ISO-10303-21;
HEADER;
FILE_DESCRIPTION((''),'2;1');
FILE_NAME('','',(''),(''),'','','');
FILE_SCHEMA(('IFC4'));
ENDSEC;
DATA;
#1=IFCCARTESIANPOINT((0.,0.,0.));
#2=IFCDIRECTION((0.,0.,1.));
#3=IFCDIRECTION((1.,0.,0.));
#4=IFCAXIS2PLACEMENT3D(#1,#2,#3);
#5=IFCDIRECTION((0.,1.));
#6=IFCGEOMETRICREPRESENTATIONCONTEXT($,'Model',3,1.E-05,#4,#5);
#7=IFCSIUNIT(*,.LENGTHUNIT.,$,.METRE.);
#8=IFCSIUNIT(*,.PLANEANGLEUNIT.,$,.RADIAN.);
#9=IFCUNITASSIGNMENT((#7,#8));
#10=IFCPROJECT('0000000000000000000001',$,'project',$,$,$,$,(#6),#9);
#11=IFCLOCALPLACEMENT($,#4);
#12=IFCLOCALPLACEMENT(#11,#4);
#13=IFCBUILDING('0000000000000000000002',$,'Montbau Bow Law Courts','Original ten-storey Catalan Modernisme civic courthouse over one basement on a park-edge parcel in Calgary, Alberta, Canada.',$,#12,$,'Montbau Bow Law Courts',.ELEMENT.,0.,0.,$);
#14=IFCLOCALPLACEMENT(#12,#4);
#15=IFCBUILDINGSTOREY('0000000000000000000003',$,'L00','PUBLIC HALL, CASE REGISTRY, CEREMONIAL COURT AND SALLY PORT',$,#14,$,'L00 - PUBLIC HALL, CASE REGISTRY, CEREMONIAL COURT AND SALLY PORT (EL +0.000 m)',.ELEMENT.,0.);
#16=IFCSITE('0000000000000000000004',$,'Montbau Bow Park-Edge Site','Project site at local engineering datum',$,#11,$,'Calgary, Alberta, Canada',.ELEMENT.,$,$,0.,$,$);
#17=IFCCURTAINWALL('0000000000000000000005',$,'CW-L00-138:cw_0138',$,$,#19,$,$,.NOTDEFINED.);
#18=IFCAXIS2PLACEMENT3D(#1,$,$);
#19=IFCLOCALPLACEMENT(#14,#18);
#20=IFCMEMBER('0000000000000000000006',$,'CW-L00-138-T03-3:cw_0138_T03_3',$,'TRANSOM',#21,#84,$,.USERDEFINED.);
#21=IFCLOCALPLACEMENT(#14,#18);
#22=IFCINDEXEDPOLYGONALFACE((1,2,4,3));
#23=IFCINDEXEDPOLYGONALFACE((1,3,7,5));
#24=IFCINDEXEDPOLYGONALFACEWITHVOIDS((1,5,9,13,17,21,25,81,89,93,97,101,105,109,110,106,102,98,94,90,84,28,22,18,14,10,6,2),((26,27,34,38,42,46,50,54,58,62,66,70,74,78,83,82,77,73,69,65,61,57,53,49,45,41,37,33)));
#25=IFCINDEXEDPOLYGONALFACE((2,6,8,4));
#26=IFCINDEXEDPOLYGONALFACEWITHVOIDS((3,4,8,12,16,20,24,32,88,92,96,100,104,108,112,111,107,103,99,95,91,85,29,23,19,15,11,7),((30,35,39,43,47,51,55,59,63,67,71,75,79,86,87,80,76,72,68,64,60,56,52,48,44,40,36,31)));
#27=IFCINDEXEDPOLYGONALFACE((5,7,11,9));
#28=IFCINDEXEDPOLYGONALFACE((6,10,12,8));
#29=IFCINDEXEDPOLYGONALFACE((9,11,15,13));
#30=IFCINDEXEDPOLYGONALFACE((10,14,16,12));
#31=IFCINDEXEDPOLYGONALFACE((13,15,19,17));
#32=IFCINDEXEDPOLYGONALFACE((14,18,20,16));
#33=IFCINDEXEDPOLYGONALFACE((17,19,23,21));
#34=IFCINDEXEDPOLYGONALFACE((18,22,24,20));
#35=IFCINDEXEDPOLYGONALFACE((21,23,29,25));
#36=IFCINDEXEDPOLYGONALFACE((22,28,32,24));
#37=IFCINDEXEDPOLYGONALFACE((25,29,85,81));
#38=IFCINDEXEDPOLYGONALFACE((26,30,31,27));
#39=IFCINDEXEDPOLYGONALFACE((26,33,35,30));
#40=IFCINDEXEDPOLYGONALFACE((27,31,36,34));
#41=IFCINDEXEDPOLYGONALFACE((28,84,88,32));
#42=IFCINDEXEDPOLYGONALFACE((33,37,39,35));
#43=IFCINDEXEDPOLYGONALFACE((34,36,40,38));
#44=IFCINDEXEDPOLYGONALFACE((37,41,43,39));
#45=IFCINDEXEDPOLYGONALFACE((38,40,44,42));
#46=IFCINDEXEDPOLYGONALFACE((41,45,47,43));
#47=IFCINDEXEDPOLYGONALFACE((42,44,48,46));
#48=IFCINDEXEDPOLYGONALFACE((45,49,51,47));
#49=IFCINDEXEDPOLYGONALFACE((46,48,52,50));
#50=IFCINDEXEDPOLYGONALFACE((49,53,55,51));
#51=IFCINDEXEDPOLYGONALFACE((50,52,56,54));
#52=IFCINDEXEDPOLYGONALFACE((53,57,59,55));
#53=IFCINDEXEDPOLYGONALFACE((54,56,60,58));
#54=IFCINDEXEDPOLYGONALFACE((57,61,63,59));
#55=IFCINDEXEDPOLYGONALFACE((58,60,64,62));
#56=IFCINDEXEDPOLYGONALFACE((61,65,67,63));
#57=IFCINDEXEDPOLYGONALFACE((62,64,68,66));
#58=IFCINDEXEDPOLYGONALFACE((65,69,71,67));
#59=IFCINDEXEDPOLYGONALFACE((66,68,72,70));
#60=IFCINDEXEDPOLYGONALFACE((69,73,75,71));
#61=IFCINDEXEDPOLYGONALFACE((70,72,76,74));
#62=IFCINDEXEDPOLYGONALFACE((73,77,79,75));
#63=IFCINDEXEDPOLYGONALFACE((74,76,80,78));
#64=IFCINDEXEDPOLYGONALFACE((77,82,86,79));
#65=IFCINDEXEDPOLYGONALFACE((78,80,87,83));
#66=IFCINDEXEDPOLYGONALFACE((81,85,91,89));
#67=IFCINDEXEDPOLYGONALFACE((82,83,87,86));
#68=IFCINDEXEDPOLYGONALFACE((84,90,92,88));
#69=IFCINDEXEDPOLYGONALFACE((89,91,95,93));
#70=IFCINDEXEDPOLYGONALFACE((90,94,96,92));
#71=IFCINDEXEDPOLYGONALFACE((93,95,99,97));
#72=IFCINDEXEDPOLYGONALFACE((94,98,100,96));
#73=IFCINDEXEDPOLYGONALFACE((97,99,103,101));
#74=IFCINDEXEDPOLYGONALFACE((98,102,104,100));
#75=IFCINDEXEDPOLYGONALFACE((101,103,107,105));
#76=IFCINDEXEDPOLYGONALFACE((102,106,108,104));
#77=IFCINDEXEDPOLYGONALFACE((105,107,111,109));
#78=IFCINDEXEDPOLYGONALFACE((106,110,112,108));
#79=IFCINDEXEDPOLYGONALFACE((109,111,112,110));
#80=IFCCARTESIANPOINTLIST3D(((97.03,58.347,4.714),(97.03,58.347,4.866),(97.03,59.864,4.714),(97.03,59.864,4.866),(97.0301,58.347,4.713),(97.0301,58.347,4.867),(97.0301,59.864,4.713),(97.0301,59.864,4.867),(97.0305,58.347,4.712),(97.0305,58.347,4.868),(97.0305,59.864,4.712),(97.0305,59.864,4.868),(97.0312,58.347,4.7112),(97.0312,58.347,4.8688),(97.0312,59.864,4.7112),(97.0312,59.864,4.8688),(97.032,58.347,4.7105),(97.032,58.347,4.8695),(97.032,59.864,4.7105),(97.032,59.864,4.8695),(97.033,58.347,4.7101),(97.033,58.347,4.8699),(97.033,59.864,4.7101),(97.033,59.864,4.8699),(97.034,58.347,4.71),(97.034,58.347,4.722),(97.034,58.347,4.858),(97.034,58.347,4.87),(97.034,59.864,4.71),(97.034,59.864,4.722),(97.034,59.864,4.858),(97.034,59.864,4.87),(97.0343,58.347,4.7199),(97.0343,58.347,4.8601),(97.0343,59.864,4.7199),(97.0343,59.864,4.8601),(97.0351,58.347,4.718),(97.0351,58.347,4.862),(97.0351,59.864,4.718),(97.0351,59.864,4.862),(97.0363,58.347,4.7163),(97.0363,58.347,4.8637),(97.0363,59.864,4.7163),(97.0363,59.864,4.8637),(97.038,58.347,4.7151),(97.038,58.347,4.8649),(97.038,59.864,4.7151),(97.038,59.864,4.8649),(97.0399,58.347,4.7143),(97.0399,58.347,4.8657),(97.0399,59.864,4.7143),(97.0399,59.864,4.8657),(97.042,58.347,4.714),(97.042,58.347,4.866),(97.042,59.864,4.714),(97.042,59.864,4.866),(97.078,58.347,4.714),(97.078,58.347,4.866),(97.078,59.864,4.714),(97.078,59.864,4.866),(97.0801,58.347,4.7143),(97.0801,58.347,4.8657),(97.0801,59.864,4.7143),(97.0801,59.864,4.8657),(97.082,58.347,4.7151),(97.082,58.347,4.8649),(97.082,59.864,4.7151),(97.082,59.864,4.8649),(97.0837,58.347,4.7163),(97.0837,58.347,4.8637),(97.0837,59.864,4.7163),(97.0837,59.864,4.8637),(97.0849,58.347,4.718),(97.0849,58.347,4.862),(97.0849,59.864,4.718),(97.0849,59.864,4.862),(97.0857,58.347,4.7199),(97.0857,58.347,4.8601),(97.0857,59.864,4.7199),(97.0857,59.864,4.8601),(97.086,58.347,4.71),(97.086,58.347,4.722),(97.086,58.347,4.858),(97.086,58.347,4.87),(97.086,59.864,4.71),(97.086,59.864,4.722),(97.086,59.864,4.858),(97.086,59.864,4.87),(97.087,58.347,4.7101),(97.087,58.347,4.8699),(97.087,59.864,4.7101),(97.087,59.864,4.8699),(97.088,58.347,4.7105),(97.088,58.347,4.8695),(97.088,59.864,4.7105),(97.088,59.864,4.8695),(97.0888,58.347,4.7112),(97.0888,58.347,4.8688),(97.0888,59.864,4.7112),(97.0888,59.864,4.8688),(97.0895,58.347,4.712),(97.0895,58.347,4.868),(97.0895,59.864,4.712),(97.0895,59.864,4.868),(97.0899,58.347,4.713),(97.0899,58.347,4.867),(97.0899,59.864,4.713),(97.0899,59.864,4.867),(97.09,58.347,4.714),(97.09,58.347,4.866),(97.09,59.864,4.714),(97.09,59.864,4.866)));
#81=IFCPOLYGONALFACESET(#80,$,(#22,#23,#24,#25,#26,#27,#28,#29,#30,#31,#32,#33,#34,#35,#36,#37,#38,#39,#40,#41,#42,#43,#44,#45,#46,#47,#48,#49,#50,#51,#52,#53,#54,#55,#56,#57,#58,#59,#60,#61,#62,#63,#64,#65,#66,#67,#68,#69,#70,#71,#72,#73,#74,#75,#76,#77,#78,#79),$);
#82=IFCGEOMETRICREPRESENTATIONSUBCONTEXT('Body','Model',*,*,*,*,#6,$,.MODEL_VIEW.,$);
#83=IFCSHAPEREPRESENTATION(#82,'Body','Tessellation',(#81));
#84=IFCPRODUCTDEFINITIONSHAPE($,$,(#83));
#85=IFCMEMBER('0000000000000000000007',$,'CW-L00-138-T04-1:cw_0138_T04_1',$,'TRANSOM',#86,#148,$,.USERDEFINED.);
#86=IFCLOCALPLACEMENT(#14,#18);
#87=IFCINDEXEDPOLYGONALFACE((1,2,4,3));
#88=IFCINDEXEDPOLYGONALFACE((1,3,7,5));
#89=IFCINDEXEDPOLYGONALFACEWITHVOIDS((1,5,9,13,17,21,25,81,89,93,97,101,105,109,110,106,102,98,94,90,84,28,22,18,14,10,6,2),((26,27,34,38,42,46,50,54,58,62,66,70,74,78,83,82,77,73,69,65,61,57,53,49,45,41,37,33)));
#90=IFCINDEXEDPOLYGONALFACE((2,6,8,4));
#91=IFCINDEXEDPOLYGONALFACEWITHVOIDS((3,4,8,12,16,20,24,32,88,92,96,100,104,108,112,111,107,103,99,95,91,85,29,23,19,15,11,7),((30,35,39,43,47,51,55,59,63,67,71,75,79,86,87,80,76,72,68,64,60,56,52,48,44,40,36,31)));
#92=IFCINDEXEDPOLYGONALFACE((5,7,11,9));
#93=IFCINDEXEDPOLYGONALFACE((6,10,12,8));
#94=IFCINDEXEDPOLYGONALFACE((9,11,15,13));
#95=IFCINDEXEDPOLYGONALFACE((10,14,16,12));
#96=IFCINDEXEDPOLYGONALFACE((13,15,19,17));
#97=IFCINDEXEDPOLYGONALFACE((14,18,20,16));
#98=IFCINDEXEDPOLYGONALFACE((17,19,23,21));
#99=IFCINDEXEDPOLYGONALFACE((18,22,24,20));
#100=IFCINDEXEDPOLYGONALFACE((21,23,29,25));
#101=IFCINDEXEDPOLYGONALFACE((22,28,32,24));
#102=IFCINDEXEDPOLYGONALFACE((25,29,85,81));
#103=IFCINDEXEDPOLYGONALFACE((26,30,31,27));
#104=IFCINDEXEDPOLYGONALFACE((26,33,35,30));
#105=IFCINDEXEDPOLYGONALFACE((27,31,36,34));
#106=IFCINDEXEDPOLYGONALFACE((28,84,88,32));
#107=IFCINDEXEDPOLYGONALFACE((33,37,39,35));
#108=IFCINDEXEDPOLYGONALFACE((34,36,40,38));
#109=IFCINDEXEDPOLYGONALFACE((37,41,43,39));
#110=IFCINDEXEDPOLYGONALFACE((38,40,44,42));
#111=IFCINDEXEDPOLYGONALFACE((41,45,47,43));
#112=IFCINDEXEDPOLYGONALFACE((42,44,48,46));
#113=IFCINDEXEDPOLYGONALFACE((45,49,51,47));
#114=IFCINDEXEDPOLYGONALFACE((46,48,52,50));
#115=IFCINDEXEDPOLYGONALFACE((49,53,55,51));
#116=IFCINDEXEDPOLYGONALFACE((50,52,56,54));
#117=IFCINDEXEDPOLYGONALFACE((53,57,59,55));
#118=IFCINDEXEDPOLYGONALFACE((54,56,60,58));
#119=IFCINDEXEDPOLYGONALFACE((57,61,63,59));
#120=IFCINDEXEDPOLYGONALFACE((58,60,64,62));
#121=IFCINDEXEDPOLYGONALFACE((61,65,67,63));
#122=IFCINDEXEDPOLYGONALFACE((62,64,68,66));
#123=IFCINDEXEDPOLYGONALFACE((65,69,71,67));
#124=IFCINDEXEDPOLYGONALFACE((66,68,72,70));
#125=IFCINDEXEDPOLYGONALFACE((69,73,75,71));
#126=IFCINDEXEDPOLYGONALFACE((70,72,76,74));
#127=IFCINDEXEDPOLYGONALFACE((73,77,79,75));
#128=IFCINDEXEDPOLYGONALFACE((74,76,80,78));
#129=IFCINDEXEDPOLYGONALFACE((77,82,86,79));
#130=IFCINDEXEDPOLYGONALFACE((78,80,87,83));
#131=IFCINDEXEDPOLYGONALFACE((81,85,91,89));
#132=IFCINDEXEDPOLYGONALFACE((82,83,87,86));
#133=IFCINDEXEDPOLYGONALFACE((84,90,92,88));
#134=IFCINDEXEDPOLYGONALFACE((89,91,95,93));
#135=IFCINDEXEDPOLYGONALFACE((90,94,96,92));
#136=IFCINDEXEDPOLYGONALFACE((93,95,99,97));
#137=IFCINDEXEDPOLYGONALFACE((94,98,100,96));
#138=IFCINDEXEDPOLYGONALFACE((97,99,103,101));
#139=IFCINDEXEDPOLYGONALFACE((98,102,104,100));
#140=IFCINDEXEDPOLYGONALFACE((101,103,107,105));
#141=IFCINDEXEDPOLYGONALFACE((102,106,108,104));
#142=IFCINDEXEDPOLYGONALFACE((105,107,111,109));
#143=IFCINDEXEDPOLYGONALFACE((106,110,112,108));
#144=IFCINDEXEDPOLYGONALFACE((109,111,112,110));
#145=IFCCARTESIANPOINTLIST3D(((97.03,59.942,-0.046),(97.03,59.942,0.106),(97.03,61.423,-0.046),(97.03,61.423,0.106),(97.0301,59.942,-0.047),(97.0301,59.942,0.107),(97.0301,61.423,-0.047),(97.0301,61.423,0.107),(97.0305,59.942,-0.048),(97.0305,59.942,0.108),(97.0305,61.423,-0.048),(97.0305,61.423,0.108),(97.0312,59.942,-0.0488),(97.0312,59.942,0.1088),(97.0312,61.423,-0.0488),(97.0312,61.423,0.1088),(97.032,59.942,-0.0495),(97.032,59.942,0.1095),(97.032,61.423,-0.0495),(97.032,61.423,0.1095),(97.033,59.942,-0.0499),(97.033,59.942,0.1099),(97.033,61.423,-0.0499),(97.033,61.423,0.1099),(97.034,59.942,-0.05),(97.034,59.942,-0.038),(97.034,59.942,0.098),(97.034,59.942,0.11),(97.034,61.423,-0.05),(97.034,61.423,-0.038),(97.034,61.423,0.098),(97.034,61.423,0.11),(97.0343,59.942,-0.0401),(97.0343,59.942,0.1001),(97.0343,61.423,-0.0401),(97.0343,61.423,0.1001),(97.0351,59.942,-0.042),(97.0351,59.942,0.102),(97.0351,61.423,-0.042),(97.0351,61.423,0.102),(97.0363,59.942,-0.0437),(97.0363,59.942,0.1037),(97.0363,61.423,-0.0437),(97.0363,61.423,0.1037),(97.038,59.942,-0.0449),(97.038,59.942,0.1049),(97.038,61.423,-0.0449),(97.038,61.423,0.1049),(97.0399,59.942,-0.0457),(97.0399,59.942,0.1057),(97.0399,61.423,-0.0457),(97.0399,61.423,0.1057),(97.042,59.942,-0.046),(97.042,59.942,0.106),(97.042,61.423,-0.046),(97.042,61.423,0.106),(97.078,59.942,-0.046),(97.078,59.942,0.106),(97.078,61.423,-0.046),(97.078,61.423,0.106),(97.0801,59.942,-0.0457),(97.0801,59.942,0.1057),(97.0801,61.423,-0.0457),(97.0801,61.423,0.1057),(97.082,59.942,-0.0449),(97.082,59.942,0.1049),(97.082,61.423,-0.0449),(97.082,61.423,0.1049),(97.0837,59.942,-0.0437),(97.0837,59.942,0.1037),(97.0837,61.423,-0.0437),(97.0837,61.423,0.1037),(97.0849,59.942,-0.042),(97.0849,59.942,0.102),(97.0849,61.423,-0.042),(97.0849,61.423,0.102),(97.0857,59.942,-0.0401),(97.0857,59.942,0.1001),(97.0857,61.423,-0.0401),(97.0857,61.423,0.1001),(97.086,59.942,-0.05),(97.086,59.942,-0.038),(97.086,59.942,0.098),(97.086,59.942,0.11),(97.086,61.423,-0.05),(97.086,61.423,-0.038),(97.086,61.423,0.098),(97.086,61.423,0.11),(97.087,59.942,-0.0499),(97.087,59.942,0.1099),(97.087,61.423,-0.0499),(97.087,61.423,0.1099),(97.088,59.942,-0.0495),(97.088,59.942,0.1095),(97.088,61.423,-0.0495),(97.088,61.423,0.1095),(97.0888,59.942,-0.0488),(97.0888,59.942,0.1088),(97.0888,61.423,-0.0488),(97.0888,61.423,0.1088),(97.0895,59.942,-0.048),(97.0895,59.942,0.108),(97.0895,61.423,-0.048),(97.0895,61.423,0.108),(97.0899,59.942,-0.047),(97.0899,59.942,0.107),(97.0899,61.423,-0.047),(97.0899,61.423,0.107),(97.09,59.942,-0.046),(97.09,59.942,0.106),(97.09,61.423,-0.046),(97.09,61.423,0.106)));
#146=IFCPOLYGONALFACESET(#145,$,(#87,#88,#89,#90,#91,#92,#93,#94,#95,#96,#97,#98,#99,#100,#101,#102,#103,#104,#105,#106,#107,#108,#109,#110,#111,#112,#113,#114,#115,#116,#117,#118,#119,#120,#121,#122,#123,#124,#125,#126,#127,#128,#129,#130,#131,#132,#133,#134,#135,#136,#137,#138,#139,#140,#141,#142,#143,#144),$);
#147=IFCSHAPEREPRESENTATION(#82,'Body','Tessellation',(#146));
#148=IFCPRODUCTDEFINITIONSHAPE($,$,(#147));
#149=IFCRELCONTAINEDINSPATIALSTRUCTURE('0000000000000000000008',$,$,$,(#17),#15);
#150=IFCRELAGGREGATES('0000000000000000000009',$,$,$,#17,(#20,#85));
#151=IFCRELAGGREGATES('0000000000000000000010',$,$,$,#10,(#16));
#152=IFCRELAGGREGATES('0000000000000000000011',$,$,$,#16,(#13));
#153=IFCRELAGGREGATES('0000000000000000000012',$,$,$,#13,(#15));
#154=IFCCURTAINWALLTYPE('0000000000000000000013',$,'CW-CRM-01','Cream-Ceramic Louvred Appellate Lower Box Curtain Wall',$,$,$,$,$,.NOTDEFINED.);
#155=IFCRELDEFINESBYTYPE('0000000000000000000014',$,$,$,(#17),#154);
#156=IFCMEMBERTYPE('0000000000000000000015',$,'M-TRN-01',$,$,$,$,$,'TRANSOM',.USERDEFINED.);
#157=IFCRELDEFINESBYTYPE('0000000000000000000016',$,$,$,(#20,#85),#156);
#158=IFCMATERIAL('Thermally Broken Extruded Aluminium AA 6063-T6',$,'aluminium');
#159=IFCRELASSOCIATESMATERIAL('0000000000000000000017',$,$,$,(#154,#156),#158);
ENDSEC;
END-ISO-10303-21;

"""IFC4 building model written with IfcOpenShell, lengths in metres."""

from ifc_helpers import new_model, si_unit, direction, frame, origin_with_axes, origin_2d_with_axis, place, context, subcontext, project, spatial, hollow_rectangle, extrude, material, material_profile, profile_set, type_object, element, aggregate, save


model = new_model("IFC4")

# Units and contexts
model_context = context("Model", 3, precision=1e-05, world=origin_with_axes(), true_north=direction((0.0, 1.0)))
body_context = subcontext(model_context, "Body", "Model", "MODEL_VIEW")
ifc_project = project(units=[si_unit("LENGTHUNIT", "METRE"), si_unit("PLANEANGLEUNIT", "RADIAN")], contexts=[model_context])

# Site, building, storey
site_placement = place(None, origin_with_axes())
site = spatial("IfcSite", under=ifc_project, at=site_placement, Name="Montbau Bow Park-Edge Site", Description="Project site at local engineering datum", LongName="Calgary, Alberta, Canada", CompositionType="ELEMENT", RefElevation=0.0)
building_placement = place(site_placement, origin_with_axes())
building = spatial("IfcBuilding", under=site, at=building_placement, Name="Montbau Bow Law Courts", Description="Original ten-storey Catalan Modernisme civic courthouse over one basement on a park-edge parcel in Calgary, Alberta, Canada.", LongName="Montbau Bow Law Courts", CompositionType="ELEMENT", ElevationOfRefHeight=0.0, ElevationOfTerrain=0.0)
storey_placement = place(building_placement, origin_with_axes())
storey = spatial("IfcBuildingStorey", under=building, at=storey_placement, Name="L00", Description="PUBLIC HALL, CASE REGISTRY, CEREMONIAL COURT AND SALLY PORT", LongName="L00 - PUBLIC HALL, CASE REGISTRY, CEREMONIAL COURT AND SALLY PORT (EL +0.000 m)", CompositionType="ELEMENT", Elevation=0.0)

# Curtain wall
ifc_material_1 = material(Name="Thermally Broken Extruded Aluminium AA 6063-T6", Category="aluminium")
curtain_wall_type = type_object("IfcCurtainWallType", Name="CW-CRM-01", Description="Cream-Ceramic Louvred Appellate Lower Box Curtain Wall", PredefinedType="NOTDEFINED", material=ifc_material_1)
curtain_wall_1_placement = place(None, frame((97.06, 55.115, 0.0), z_axis=(0.0, 0.0, 1.0), x_axis=(1.0, 0.0, 0.0)))
curtain_wall_1 = element("IfcCurtainWall", 1, at=curtain_wall_1_placement, inside=storey, type_object=curtain_wall_type, Name="CW-L00-138:cw_0138", PredefinedType="NOTDEFINED")

# Members
ifc_material_profile_1 = material_profile(ifc_material_1, hollow_rectangle(XDim=0.06, YDim=0.16, WallThickness=0.004, InnerFilletRadius=0.008, OuterFilletRadius=0.004, at=origin_2d_with_axis()), Name="CWT-160X60", Category="Main", Priority=0)
ifc_profile_set_1 = profile_set([ifc_material_profile_1], Name="Thermally Broken Extruded Aluminium AA 6063-T6")
member_type_1 = type_object("IfcMemberType", Name="M-TRN-01", ElementType="TRANSOM", PredefinedType="USERDEFINED", material=ifc_profile_set_1)
member_1_placement = place(None, frame((97.06, 58.347, 4.79), z_axis=(0.0, 1.0, 0.0), x_axis=(-1.0, 0.0, 0.0)))
member_1 = element("IfcMember", 2, at=member_1_placement, type_object=member_type_1, Name="CW-L00-138-T03-3:cw_0138_T03_3", ObjectType="TRANSOM", PredefinedType="USERDEFINED", context=body_context, shape_type="SweptSolid", body=[
    extrude(hollow_rectangle(XDim=0.06, YDim=0.16, WallThickness=0.004, InnerFilletRadius=0.008, OuterFilletRadius=0.004, at=origin_2d_with_axis()), origin_with_axes(), (0.0, 0.0, 1.0), 1.517),
])
member_2_placement = place(None, frame((97.06, 59.942, 0.03), z_axis=(0.0, 1.0, 0.0), x_axis=(-1.0, 0.0, 0.0)))
member_2 = element("IfcMember", 3, at=member_2_placement, type_object=member_type_1, Name="CW-L00-138-T04-1:cw_0138_T04_1", ObjectType="TRANSOM", PredefinedType="USERDEFINED", context=body_context, shape_type="SweptSolid", body=[
    extrude(hollow_rectangle(XDim=0.06, YDim=0.16, WallThickness=0.004, InnerFilletRadius=0.008, OuterFilletRadius=0.004, at=origin_2d_with_axis()), origin_with_axes(), (0.0, 0.0, 1.0), 1.481),
])

aggregate(curtain_wall_1, [member_1, member_2])

save(model, "model.ifc")
